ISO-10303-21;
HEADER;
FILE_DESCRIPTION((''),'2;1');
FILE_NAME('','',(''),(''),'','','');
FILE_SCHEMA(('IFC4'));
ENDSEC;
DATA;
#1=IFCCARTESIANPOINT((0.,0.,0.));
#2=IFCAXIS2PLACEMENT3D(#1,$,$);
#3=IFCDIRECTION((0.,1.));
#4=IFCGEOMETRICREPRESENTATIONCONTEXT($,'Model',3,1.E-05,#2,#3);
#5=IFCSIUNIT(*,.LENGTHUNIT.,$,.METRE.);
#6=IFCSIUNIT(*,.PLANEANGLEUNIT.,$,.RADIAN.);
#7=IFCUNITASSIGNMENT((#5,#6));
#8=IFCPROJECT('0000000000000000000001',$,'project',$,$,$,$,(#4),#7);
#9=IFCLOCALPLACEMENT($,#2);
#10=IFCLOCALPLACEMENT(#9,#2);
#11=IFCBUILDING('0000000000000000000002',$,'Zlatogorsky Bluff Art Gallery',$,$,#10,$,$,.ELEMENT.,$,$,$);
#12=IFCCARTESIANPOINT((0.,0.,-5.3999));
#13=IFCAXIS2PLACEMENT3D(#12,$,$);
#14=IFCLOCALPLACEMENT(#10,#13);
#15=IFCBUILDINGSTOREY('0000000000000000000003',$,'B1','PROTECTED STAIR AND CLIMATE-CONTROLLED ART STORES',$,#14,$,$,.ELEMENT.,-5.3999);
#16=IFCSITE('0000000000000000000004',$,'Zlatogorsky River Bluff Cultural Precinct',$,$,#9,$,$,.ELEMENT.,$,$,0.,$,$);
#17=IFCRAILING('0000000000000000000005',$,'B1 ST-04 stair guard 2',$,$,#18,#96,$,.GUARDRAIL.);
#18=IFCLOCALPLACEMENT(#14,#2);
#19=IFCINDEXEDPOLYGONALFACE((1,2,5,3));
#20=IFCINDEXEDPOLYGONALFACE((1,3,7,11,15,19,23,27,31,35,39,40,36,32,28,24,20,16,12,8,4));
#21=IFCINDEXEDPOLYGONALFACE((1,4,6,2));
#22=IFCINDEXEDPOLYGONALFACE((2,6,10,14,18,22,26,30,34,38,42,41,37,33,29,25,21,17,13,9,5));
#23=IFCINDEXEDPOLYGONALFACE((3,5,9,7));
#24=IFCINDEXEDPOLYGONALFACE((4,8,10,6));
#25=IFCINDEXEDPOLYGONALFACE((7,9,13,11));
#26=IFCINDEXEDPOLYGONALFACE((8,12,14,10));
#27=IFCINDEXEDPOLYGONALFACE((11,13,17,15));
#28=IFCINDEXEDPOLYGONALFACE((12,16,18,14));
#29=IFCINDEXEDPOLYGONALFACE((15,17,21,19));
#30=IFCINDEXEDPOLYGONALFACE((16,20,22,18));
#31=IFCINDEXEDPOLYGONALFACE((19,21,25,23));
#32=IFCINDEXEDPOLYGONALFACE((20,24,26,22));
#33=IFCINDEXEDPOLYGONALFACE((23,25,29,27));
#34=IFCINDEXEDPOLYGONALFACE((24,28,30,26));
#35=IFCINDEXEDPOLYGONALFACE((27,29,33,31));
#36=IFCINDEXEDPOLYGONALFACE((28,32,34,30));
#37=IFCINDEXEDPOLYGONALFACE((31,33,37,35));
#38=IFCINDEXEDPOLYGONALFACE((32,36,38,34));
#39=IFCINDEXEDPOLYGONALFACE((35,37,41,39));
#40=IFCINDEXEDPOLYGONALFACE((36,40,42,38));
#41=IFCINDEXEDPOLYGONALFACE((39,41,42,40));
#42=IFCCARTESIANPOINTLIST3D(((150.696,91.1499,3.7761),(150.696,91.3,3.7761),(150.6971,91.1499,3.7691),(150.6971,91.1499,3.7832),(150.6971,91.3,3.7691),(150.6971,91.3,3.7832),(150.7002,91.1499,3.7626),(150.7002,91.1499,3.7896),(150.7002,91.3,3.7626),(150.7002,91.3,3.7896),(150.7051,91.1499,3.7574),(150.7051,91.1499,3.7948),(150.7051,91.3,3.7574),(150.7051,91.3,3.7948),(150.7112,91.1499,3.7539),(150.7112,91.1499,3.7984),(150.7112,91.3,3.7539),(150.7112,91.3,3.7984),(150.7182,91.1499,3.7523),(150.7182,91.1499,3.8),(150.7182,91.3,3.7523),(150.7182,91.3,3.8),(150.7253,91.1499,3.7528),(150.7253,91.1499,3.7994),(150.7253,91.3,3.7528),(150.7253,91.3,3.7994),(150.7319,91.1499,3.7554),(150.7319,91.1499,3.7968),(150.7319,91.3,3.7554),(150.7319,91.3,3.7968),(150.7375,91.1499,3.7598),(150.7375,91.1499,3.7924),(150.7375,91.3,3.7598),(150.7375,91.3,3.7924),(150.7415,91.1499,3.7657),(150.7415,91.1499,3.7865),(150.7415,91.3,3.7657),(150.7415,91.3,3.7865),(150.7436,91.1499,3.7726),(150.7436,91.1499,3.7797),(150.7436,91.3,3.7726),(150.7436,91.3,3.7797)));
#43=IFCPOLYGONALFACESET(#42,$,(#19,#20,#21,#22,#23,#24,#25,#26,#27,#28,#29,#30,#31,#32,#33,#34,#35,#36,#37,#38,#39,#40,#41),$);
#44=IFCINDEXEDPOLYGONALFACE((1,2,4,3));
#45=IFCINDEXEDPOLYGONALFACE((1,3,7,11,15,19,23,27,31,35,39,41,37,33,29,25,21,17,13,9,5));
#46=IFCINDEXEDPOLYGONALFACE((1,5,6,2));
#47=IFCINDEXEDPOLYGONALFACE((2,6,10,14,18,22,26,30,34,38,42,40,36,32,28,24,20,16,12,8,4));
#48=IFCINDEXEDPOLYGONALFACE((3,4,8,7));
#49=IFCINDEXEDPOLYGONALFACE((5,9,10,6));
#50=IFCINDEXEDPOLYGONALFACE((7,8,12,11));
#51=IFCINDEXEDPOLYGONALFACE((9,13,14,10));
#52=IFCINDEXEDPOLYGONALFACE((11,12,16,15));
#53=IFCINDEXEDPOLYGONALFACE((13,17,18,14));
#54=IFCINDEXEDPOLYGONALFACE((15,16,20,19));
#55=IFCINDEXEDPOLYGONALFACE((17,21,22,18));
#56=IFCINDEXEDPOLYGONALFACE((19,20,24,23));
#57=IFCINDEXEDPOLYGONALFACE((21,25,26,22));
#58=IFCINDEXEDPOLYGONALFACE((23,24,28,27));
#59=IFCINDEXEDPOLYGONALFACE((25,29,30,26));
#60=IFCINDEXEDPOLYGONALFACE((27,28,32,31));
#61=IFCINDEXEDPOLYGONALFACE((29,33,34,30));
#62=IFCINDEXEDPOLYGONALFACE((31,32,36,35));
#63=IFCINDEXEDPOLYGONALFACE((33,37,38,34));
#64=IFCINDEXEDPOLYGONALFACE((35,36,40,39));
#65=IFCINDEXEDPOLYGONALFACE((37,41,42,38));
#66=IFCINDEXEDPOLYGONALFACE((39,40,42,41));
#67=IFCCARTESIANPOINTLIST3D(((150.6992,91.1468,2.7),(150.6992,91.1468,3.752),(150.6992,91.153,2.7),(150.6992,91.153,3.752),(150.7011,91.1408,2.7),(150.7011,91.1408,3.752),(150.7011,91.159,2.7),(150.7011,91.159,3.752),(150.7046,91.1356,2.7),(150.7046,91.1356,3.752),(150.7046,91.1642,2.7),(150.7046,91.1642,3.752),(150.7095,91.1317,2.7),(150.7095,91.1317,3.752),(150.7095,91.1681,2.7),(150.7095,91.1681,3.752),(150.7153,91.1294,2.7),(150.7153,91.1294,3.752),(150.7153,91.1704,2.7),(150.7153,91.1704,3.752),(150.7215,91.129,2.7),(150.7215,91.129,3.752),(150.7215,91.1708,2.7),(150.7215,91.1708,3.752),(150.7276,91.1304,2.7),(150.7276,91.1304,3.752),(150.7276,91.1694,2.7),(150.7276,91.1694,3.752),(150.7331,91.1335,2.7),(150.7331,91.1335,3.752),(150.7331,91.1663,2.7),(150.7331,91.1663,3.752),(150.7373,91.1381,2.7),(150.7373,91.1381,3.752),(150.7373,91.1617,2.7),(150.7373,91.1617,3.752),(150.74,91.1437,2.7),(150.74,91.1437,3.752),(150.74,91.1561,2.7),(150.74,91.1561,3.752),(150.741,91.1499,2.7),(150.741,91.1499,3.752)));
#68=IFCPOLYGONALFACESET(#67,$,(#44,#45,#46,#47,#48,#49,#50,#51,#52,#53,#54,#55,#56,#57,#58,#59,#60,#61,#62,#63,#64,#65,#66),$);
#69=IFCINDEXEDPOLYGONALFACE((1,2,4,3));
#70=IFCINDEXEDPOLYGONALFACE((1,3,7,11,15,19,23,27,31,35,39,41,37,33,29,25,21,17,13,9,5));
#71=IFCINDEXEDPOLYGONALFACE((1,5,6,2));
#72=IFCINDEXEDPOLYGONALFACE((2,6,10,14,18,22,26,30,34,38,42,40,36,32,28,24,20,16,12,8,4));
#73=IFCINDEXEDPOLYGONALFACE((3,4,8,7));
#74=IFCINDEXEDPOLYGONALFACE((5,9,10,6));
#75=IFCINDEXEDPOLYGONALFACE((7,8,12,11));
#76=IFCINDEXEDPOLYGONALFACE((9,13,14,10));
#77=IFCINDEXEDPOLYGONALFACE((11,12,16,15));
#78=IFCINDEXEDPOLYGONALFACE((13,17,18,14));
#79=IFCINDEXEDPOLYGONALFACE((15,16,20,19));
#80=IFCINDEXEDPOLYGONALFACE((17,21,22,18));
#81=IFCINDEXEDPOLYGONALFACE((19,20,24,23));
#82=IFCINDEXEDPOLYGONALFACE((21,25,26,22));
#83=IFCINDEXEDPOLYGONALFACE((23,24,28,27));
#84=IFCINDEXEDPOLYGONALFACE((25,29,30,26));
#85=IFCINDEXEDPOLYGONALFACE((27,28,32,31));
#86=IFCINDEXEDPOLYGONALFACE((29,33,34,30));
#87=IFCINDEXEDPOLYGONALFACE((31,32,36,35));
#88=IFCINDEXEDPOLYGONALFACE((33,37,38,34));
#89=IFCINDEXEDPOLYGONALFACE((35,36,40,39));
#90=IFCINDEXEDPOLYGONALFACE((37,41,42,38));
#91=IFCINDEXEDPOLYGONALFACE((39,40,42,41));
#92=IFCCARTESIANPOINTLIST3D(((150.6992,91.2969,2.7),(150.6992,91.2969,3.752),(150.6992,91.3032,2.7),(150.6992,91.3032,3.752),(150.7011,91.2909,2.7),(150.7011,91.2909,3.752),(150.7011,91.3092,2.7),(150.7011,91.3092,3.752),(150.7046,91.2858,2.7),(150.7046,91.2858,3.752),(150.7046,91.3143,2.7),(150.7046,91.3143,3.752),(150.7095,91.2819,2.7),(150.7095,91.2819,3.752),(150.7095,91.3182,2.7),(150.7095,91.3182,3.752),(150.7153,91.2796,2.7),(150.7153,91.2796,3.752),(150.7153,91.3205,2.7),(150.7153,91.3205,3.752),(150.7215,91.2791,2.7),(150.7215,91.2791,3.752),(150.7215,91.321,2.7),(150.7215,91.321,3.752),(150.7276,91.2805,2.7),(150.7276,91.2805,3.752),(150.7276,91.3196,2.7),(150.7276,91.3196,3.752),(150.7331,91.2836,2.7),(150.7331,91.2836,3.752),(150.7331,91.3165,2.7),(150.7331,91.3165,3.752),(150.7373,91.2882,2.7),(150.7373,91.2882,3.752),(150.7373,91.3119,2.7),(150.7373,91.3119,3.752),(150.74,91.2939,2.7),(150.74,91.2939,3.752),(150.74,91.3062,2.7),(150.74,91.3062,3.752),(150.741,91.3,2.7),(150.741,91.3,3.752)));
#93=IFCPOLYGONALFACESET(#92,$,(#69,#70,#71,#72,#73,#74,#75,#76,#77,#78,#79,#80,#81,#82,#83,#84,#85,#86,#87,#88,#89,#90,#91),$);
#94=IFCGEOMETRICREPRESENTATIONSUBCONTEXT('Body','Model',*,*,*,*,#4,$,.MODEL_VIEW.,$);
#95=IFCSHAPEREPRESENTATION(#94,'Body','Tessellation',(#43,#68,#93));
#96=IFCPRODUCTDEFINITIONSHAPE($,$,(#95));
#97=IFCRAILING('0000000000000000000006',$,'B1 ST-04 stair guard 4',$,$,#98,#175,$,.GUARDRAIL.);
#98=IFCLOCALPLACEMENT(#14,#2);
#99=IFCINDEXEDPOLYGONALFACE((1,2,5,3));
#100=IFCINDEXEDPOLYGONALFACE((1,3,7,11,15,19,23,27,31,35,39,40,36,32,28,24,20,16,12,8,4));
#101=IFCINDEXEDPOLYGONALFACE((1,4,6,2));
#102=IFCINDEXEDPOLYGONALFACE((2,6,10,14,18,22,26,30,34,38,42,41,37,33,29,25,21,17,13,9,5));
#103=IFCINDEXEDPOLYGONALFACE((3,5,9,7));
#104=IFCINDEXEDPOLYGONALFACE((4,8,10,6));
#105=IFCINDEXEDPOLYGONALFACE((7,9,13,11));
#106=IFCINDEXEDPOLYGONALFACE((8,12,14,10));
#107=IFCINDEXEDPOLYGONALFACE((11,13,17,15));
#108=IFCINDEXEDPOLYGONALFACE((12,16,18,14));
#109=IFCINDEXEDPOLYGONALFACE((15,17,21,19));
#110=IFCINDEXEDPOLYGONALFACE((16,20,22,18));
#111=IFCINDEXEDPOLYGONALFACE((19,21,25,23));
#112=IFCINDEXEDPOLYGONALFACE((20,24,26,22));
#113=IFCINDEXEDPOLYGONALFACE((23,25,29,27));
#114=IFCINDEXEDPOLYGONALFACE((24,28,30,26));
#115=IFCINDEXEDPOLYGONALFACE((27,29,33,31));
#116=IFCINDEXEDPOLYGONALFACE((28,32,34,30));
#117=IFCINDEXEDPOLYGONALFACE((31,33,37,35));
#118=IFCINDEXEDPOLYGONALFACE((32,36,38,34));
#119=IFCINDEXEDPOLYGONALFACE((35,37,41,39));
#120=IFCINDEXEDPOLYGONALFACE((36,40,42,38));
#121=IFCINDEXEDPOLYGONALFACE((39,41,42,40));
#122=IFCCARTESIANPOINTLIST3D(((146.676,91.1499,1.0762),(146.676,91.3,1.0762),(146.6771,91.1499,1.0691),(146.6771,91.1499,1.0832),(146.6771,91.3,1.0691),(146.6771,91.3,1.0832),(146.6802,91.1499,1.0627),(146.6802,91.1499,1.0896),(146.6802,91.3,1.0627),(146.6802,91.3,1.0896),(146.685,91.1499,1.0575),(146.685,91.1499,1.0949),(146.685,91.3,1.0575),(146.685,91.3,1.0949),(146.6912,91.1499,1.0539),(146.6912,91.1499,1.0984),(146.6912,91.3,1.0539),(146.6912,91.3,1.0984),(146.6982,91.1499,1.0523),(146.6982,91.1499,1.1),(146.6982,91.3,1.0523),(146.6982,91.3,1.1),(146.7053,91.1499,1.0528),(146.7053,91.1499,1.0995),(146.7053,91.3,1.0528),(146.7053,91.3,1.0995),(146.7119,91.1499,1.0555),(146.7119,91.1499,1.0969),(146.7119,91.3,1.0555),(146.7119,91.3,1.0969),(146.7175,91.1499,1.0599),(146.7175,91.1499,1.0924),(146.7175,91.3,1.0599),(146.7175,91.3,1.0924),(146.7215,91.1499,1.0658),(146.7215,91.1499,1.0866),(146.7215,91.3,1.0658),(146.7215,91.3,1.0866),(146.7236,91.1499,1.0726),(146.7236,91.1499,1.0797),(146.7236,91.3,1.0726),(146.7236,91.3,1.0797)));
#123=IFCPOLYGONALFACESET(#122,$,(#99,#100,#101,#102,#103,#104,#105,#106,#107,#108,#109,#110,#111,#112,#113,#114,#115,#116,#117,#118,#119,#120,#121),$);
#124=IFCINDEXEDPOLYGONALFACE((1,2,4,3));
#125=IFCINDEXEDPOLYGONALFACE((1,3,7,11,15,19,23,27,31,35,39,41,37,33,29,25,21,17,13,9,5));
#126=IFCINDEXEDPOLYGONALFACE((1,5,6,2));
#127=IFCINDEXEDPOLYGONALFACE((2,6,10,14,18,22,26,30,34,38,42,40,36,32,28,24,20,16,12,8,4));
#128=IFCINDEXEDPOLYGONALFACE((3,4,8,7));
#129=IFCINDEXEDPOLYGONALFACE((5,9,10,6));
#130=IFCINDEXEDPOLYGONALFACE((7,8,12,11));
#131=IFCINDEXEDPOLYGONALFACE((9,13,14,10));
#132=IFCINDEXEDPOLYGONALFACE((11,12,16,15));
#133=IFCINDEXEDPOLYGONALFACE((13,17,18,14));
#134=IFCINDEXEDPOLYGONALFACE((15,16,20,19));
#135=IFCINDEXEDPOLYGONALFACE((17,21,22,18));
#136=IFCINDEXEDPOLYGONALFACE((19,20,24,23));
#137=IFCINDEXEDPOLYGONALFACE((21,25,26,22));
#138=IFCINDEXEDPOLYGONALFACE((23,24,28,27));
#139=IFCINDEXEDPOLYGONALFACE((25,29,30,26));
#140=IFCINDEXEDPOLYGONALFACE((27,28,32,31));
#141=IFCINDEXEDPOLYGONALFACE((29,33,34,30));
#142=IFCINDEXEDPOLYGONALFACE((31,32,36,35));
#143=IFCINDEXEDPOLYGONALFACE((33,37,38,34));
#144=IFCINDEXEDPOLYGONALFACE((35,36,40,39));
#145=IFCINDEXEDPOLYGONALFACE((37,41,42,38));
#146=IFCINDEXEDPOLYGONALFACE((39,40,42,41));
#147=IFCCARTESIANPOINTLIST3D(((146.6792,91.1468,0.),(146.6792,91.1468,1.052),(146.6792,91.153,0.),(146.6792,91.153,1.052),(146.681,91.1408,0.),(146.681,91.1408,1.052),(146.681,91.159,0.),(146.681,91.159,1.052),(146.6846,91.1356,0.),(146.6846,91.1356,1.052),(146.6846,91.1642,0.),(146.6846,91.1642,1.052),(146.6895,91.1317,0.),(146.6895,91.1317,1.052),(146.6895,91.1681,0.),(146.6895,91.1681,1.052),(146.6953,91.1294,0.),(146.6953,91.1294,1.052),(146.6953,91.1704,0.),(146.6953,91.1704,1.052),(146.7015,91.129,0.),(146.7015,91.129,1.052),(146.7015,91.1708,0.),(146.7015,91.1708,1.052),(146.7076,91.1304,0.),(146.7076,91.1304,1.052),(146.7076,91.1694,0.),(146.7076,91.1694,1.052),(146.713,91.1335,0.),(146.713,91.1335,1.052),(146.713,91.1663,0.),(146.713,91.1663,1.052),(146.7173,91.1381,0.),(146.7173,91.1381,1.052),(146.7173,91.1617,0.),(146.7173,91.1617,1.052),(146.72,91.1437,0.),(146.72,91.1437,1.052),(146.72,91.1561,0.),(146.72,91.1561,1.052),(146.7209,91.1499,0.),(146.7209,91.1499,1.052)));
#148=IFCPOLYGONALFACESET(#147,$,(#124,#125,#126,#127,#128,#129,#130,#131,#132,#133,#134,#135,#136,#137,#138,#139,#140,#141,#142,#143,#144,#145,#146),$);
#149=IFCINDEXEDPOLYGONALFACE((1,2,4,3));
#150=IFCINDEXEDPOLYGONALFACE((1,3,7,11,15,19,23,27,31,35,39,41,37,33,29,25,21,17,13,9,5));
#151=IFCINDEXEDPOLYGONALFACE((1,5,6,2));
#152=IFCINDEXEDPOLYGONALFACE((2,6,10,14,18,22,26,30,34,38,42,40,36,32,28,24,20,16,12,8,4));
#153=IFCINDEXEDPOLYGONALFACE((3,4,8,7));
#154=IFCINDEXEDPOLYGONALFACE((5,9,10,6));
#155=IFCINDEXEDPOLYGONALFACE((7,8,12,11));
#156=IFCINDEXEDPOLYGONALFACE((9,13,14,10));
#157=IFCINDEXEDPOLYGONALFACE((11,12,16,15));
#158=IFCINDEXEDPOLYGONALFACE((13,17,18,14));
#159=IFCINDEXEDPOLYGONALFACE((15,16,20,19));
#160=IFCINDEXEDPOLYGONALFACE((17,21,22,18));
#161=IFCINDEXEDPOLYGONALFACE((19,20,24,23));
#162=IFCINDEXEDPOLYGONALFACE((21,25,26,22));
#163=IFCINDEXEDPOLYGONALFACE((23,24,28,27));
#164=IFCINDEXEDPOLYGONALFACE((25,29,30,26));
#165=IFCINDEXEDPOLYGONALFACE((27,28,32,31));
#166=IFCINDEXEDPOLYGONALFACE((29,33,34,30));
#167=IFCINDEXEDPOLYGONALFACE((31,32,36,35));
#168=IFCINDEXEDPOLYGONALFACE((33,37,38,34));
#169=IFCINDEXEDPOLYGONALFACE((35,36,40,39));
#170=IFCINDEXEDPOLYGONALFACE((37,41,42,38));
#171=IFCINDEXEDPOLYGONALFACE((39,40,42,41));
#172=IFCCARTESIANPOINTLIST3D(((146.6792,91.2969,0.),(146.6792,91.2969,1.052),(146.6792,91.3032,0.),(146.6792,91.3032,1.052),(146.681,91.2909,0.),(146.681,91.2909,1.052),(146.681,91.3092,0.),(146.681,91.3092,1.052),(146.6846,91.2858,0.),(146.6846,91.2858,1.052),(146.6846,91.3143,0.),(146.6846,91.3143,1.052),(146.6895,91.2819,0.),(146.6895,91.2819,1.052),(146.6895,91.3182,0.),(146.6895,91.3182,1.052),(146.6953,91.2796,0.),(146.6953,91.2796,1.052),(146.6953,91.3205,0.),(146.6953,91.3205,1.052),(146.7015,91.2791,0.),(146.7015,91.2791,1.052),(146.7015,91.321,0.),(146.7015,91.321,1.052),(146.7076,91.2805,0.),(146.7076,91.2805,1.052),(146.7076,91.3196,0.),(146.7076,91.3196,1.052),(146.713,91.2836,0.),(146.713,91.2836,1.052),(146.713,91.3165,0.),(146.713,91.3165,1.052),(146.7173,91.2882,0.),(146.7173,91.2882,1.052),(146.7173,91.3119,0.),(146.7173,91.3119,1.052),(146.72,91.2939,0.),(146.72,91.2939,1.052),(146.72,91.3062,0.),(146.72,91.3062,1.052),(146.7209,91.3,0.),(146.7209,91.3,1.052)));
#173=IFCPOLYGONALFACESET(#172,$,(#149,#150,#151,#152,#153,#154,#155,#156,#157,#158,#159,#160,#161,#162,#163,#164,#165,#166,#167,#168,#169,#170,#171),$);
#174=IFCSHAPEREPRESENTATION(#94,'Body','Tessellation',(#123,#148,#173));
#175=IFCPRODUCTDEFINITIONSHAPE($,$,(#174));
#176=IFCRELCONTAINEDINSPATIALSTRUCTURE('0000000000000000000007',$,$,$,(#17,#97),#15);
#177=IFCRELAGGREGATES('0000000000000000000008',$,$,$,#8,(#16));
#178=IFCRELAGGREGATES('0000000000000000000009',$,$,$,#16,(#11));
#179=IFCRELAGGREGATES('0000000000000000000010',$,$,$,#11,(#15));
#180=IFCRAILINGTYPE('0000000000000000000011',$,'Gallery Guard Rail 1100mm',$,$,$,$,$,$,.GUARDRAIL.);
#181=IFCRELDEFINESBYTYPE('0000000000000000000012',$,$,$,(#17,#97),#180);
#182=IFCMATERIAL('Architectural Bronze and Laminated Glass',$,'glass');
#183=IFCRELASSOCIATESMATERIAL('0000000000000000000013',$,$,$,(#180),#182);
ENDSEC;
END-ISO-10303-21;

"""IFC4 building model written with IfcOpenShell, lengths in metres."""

from ifc_helpers import new_model, si_unit, direction, frame, origin, origin_2d, place, context, subcontext, project, spatial, circle, extrude, material, type_object, element, save


model = new_model("IFC4")

# Units and contexts
model_context = context("Model", 3, precision=1e-05, world=origin(), true_north=direction((0.0, 1.0)))
body_context = subcontext(model_context, "Body", "Model", "MODEL_VIEW")
ifc_project = project(units=[si_unit("LENGTHUNIT", "METRE"), si_unit("PLANEANGLEUNIT", "RADIAN")], contexts=[model_context])

# Site, building, storey
site_placement = place(None, origin())
site = spatial("IfcSite", under=ifc_project, at=site_placement, Name="Zlatogorsky River Bluff Cultural Precinct", CompositionType="ELEMENT", RefElevation=0.0)
building_placement = place(site_placement, origin())
building = spatial("IfcBuilding", under=site, at=building_placement, Name="Zlatogorsky Bluff Art Gallery", CompositionType="ELEMENT")
storey_placement = place(building_placement, frame((0.0, 0.0, -5.3999)))
storey = spatial("IfcBuildingStorey", under=building, at=storey_placement, Name="B1", Description="PROTECTED STAIR AND CLIMATE-CONTROLLED ART STORES", CompositionType="ELEMENT", Elevation=-5.3999)

# Railings
ifc_material_1 = material(Name="Architectural Bronze and Laminated Glass", Category="glass")
railing_type_1 = type_object("IfcRailingType", Name="Gallery Guard Rail 1100mm", PredefinedType="GUARDRAIL", material=ifc_material_1)
for number, where, name in (
    (1, (150.72, 91.1499, 2.7), "B1 ST-04 stair guard 2"),
    (2, (146.7, 91.1499, 0.0), "B1 ST-04 stair guard 4"),
):
    element("IfcRailing", number, at=place(storey_placement, frame(where)), inside=storey, type_object=railing_type_1, Name=name, PredefinedType="GUARDRAIL", context=body_context, shape_type="SweptSolid", body=[
        extrude(circle(Radius=0.0239, at=origin_2d()), frame((0.0, 0.0, 1.0762), z_axis=(0.0, 1.0, 0.0), x_axis=(-1.0, 0.0, 0.0)), (0.0, 0.0, 1.0), 0.1501),
        extrude(circle(Radius=0.021, at=origin_2d()), origin(), (0.0, 0.0, 1.0), 1.052),
        extrude(circle(Radius=0.021, at=origin_2d()), frame((0.0, 0.1501, 0.0)), (0.0, 0.0, 1.0), 1.052),
    ])

save(model, "model.ifc")
